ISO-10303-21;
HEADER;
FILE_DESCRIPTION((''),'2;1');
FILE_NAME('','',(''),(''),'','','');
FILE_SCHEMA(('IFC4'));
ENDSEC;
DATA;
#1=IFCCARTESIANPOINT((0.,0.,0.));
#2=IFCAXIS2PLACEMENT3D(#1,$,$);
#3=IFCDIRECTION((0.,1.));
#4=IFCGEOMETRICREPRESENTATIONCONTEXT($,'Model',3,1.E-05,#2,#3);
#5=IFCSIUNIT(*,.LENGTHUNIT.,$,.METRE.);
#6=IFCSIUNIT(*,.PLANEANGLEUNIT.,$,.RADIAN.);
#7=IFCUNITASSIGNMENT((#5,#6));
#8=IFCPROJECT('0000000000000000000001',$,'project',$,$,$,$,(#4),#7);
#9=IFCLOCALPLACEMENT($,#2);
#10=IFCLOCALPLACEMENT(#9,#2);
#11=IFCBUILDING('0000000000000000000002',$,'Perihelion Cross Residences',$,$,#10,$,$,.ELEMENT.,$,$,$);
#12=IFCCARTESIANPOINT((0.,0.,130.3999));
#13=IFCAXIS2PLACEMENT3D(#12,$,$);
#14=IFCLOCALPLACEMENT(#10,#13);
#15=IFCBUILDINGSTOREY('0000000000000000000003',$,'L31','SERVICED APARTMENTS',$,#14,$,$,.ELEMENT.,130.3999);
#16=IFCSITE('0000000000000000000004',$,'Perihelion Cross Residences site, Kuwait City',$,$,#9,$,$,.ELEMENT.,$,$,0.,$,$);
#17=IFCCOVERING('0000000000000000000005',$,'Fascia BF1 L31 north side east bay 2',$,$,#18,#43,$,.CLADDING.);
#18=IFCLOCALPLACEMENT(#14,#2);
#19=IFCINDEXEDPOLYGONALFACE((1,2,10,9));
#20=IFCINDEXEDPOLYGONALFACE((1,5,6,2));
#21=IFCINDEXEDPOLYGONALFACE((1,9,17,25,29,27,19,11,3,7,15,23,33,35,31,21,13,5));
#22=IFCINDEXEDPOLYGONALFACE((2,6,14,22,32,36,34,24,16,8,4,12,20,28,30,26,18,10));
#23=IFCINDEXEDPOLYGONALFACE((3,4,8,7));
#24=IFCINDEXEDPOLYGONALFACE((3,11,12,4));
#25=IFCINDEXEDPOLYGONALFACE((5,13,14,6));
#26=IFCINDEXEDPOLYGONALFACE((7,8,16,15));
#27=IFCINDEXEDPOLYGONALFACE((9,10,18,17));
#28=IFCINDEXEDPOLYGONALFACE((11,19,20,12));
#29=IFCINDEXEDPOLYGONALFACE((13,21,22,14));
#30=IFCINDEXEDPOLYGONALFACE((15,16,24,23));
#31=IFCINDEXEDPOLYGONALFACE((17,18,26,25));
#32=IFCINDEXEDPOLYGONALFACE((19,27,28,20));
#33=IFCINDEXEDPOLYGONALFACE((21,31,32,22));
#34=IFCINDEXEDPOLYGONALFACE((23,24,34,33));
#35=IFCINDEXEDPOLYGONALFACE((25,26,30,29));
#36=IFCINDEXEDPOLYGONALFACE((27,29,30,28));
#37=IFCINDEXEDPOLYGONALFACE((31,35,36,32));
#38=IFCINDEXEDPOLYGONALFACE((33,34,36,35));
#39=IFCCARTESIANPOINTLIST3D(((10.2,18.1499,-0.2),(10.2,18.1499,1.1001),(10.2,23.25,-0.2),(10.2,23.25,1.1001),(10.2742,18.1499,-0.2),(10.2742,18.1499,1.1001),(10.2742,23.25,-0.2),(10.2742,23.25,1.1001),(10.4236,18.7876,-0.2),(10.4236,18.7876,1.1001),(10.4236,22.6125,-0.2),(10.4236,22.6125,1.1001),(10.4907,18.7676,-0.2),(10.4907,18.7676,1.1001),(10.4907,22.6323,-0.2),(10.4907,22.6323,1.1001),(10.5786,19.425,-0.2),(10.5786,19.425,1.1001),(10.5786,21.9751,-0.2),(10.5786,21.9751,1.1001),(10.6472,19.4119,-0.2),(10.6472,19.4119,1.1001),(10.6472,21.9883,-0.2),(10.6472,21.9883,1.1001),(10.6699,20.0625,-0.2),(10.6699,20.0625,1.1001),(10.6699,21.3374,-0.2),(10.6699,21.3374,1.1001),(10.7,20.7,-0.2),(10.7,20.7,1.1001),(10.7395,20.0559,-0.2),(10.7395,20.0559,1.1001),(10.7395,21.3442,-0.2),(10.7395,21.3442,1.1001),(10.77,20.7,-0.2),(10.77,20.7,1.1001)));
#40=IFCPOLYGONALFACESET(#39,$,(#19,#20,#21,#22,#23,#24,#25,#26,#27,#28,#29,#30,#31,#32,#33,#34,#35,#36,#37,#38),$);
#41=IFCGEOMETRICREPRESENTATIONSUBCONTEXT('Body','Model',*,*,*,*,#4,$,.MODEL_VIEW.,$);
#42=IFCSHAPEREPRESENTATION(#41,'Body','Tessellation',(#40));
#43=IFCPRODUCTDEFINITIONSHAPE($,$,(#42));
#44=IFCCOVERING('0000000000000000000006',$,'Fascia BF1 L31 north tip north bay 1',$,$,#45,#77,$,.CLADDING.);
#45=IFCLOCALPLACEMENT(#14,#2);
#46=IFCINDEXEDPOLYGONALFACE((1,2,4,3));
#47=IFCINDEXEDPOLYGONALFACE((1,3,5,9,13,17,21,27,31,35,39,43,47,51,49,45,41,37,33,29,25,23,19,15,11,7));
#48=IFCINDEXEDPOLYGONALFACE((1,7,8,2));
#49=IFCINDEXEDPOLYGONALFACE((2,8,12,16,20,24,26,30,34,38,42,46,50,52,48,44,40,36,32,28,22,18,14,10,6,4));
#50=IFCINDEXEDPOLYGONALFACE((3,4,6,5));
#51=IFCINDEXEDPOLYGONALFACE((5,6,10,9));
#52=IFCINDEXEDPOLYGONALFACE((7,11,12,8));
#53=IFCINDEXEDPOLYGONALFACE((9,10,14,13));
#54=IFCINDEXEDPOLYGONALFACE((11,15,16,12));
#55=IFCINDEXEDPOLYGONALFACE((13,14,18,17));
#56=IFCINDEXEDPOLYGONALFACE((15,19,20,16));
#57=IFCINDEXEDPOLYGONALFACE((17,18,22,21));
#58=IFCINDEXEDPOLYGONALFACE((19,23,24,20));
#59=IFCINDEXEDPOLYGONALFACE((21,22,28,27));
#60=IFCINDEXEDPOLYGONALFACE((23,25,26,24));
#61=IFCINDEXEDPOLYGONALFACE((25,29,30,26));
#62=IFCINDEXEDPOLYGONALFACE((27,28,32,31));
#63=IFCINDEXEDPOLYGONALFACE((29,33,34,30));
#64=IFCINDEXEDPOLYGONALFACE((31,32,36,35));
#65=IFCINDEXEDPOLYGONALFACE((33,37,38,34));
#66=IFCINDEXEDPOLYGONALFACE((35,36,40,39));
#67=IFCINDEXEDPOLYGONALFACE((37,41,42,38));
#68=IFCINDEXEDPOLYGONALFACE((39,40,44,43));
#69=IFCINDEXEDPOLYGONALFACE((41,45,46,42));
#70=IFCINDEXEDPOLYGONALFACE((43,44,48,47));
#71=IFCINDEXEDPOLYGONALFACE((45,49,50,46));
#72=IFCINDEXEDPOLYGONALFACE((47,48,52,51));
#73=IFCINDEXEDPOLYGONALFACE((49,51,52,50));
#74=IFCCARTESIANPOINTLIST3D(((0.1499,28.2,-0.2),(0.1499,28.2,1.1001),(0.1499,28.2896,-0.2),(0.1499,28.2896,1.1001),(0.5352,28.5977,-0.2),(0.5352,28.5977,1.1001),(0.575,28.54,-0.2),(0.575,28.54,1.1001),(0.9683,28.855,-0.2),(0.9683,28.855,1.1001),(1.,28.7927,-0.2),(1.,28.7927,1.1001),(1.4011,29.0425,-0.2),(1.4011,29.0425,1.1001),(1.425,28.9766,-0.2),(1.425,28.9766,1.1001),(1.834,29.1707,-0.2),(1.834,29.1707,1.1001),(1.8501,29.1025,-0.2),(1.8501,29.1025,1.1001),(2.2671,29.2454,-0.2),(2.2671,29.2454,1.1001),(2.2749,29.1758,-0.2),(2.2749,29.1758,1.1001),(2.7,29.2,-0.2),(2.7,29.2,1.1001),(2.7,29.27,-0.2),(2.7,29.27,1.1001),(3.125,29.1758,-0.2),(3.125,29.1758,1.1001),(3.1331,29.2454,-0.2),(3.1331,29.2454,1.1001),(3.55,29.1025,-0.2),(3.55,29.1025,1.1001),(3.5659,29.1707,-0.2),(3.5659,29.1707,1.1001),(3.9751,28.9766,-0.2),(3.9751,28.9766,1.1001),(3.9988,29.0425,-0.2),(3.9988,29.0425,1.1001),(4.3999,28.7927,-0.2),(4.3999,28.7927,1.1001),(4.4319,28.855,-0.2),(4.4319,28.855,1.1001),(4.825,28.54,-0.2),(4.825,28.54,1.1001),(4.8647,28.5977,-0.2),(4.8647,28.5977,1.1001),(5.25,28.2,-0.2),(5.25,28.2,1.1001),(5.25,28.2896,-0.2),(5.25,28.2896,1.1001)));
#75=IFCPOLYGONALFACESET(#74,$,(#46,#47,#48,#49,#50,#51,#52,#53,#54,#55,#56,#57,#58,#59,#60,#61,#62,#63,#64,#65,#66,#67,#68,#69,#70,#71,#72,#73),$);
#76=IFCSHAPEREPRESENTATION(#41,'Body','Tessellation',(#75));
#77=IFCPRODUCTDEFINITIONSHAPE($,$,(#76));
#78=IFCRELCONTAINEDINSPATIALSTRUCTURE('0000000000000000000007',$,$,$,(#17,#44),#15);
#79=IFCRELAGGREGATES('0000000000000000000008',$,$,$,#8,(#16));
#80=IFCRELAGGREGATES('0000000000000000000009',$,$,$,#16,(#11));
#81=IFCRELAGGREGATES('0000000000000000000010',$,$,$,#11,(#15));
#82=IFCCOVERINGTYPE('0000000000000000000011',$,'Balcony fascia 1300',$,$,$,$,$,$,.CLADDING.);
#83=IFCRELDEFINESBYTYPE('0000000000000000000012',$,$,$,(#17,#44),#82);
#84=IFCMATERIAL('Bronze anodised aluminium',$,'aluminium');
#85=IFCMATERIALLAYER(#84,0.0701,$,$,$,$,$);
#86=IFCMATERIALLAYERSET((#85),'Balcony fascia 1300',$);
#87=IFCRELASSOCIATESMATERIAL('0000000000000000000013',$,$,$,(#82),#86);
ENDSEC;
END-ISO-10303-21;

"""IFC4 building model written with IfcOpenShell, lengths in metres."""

from ifc_helpers import new_model, si_unit, direction, frame, origin, place, context, subcontext, project, spatial, polyline, outline, extrude, material, layer, layer_set, type_object, element, save


model = new_model("IFC4")

# Units and contexts
model_context = context("Model", 3, precision=1e-05, world=origin(), true_north=direction((0.0, 1.0)))
body_context = subcontext(model_context, "Body", "Model", "MODEL_VIEW")
ifc_project = project(units=[si_unit("LENGTHUNIT", "METRE"), si_unit("PLANEANGLEUNIT", "RADIAN")], contexts=[model_context])

# Site, building, storey
site_placement = place(None, origin())
site = spatial("IfcSite", under=ifc_project, at=site_placement, Name="Perihelion Cross Residences site, Kuwait City", CompositionType="ELEMENT", RefElevation=0.0)
building_placement = place(site_placement, origin())
building = spatial("IfcBuilding", under=site, at=building_placement, Name="Perihelion Cross Residences", CompositionType="ELEMENT")
storey_placement = place(building_placement, frame((0.0, 0.0, 130.3999)))
storey = spatial("IfcBuildingStorey", under=building, at=storey_placement, Name="L31", Description="SERVICED APARTMENTS", CompositionType="ELEMENT", Elevation=130.3999)

# Coverings
ifc_material_1 = material(Name="Bronze anodised aluminium", Category="aluminium")
ifc_layer_1 = layer(ifc_material_1, 0.0701)
ifc_layer_set_1 = layer_set([ifc_layer_1], Name="Balcony fascia 1300")
covering_type = type_object("IfcCoveringType", Name="Balcony fascia 1300", PredefinedType="CLADDING", material=ifc_layer_set_1)
covering_1_placement = place(storey_placement, frame((0.0, 0.0, -0.2)))
element("IfcCovering", 1, at=covering_1_placement, inside=storey, type_object=covering_type, Name="Fascia BF1 L31 north side east bay 2", PredefinedType="CLADDING", context=body_context, shape_type="SweptSolid", body=[
    extrude(outline(polyline([(10.4907, 18.7676), (10.6472, 19.4119), (10.7395, 20.0559), (10.77, 20.7), (10.7395, 21.3442), (10.6472, 21.9883), (10.4907, 22.6323), (10.2742, 23.25), (10.2, 23.25), (10.4236, 22.6125), (10.5786, 21.9751), (10.6699, 21.3374), (10.7, 20.7), (10.6699, 20.0625), (10.5786, 19.425), (10.4236, 18.7876), (10.2, 18.1499), (10.2742, 18.1499), (10.4907, 18.7676)])), origin(), (0.0, 0.0, 1.0), 1.3),
])
covering_2_placement = place(storey_placement, frame((0.0, 0.0, -0.2)))
element("IfcCovering", 2, at=covering_2_placement, inside=storey, type_object=covering_type, Name="Fascia BF1 L31 north tip north bay 1", PredefinedType="CLADDING", context=body_context, shape_type="SweptSolid", body=[
    extrude(outline(polyline([(4.8647, 28.5977), (4.4319, 28.855), (3.9988, 29.0425), (3.5659, 29.1707), (3.1331, 29.2454), (2.7, 29.27), (2.2671, 29.2454), (1.834, 29.1707), (1.4011, 29.0425), (0.9683, 28.855), (0.5352, 28.5977), (0.1499, 28.2896), (0.1499, 28.2), (0.575, 28.54), (1.0, 28.7927), (1.425, 28.9766), (1.8501, 29.1025), (2.2749, 29.1758), (2.7, 29.2), (3.125, 29.1758), (3.55, 29.1025), (3.9751, 28.9766), (4.3999, 28.7927), (4.825, 28.54), (5.25, 28.2), (5.25, 28.2896), (4.8647, 28.5977)])), origin(), (0.0, 0.0, 1.0), 1.3),
])

save(model, "model.ifc")
